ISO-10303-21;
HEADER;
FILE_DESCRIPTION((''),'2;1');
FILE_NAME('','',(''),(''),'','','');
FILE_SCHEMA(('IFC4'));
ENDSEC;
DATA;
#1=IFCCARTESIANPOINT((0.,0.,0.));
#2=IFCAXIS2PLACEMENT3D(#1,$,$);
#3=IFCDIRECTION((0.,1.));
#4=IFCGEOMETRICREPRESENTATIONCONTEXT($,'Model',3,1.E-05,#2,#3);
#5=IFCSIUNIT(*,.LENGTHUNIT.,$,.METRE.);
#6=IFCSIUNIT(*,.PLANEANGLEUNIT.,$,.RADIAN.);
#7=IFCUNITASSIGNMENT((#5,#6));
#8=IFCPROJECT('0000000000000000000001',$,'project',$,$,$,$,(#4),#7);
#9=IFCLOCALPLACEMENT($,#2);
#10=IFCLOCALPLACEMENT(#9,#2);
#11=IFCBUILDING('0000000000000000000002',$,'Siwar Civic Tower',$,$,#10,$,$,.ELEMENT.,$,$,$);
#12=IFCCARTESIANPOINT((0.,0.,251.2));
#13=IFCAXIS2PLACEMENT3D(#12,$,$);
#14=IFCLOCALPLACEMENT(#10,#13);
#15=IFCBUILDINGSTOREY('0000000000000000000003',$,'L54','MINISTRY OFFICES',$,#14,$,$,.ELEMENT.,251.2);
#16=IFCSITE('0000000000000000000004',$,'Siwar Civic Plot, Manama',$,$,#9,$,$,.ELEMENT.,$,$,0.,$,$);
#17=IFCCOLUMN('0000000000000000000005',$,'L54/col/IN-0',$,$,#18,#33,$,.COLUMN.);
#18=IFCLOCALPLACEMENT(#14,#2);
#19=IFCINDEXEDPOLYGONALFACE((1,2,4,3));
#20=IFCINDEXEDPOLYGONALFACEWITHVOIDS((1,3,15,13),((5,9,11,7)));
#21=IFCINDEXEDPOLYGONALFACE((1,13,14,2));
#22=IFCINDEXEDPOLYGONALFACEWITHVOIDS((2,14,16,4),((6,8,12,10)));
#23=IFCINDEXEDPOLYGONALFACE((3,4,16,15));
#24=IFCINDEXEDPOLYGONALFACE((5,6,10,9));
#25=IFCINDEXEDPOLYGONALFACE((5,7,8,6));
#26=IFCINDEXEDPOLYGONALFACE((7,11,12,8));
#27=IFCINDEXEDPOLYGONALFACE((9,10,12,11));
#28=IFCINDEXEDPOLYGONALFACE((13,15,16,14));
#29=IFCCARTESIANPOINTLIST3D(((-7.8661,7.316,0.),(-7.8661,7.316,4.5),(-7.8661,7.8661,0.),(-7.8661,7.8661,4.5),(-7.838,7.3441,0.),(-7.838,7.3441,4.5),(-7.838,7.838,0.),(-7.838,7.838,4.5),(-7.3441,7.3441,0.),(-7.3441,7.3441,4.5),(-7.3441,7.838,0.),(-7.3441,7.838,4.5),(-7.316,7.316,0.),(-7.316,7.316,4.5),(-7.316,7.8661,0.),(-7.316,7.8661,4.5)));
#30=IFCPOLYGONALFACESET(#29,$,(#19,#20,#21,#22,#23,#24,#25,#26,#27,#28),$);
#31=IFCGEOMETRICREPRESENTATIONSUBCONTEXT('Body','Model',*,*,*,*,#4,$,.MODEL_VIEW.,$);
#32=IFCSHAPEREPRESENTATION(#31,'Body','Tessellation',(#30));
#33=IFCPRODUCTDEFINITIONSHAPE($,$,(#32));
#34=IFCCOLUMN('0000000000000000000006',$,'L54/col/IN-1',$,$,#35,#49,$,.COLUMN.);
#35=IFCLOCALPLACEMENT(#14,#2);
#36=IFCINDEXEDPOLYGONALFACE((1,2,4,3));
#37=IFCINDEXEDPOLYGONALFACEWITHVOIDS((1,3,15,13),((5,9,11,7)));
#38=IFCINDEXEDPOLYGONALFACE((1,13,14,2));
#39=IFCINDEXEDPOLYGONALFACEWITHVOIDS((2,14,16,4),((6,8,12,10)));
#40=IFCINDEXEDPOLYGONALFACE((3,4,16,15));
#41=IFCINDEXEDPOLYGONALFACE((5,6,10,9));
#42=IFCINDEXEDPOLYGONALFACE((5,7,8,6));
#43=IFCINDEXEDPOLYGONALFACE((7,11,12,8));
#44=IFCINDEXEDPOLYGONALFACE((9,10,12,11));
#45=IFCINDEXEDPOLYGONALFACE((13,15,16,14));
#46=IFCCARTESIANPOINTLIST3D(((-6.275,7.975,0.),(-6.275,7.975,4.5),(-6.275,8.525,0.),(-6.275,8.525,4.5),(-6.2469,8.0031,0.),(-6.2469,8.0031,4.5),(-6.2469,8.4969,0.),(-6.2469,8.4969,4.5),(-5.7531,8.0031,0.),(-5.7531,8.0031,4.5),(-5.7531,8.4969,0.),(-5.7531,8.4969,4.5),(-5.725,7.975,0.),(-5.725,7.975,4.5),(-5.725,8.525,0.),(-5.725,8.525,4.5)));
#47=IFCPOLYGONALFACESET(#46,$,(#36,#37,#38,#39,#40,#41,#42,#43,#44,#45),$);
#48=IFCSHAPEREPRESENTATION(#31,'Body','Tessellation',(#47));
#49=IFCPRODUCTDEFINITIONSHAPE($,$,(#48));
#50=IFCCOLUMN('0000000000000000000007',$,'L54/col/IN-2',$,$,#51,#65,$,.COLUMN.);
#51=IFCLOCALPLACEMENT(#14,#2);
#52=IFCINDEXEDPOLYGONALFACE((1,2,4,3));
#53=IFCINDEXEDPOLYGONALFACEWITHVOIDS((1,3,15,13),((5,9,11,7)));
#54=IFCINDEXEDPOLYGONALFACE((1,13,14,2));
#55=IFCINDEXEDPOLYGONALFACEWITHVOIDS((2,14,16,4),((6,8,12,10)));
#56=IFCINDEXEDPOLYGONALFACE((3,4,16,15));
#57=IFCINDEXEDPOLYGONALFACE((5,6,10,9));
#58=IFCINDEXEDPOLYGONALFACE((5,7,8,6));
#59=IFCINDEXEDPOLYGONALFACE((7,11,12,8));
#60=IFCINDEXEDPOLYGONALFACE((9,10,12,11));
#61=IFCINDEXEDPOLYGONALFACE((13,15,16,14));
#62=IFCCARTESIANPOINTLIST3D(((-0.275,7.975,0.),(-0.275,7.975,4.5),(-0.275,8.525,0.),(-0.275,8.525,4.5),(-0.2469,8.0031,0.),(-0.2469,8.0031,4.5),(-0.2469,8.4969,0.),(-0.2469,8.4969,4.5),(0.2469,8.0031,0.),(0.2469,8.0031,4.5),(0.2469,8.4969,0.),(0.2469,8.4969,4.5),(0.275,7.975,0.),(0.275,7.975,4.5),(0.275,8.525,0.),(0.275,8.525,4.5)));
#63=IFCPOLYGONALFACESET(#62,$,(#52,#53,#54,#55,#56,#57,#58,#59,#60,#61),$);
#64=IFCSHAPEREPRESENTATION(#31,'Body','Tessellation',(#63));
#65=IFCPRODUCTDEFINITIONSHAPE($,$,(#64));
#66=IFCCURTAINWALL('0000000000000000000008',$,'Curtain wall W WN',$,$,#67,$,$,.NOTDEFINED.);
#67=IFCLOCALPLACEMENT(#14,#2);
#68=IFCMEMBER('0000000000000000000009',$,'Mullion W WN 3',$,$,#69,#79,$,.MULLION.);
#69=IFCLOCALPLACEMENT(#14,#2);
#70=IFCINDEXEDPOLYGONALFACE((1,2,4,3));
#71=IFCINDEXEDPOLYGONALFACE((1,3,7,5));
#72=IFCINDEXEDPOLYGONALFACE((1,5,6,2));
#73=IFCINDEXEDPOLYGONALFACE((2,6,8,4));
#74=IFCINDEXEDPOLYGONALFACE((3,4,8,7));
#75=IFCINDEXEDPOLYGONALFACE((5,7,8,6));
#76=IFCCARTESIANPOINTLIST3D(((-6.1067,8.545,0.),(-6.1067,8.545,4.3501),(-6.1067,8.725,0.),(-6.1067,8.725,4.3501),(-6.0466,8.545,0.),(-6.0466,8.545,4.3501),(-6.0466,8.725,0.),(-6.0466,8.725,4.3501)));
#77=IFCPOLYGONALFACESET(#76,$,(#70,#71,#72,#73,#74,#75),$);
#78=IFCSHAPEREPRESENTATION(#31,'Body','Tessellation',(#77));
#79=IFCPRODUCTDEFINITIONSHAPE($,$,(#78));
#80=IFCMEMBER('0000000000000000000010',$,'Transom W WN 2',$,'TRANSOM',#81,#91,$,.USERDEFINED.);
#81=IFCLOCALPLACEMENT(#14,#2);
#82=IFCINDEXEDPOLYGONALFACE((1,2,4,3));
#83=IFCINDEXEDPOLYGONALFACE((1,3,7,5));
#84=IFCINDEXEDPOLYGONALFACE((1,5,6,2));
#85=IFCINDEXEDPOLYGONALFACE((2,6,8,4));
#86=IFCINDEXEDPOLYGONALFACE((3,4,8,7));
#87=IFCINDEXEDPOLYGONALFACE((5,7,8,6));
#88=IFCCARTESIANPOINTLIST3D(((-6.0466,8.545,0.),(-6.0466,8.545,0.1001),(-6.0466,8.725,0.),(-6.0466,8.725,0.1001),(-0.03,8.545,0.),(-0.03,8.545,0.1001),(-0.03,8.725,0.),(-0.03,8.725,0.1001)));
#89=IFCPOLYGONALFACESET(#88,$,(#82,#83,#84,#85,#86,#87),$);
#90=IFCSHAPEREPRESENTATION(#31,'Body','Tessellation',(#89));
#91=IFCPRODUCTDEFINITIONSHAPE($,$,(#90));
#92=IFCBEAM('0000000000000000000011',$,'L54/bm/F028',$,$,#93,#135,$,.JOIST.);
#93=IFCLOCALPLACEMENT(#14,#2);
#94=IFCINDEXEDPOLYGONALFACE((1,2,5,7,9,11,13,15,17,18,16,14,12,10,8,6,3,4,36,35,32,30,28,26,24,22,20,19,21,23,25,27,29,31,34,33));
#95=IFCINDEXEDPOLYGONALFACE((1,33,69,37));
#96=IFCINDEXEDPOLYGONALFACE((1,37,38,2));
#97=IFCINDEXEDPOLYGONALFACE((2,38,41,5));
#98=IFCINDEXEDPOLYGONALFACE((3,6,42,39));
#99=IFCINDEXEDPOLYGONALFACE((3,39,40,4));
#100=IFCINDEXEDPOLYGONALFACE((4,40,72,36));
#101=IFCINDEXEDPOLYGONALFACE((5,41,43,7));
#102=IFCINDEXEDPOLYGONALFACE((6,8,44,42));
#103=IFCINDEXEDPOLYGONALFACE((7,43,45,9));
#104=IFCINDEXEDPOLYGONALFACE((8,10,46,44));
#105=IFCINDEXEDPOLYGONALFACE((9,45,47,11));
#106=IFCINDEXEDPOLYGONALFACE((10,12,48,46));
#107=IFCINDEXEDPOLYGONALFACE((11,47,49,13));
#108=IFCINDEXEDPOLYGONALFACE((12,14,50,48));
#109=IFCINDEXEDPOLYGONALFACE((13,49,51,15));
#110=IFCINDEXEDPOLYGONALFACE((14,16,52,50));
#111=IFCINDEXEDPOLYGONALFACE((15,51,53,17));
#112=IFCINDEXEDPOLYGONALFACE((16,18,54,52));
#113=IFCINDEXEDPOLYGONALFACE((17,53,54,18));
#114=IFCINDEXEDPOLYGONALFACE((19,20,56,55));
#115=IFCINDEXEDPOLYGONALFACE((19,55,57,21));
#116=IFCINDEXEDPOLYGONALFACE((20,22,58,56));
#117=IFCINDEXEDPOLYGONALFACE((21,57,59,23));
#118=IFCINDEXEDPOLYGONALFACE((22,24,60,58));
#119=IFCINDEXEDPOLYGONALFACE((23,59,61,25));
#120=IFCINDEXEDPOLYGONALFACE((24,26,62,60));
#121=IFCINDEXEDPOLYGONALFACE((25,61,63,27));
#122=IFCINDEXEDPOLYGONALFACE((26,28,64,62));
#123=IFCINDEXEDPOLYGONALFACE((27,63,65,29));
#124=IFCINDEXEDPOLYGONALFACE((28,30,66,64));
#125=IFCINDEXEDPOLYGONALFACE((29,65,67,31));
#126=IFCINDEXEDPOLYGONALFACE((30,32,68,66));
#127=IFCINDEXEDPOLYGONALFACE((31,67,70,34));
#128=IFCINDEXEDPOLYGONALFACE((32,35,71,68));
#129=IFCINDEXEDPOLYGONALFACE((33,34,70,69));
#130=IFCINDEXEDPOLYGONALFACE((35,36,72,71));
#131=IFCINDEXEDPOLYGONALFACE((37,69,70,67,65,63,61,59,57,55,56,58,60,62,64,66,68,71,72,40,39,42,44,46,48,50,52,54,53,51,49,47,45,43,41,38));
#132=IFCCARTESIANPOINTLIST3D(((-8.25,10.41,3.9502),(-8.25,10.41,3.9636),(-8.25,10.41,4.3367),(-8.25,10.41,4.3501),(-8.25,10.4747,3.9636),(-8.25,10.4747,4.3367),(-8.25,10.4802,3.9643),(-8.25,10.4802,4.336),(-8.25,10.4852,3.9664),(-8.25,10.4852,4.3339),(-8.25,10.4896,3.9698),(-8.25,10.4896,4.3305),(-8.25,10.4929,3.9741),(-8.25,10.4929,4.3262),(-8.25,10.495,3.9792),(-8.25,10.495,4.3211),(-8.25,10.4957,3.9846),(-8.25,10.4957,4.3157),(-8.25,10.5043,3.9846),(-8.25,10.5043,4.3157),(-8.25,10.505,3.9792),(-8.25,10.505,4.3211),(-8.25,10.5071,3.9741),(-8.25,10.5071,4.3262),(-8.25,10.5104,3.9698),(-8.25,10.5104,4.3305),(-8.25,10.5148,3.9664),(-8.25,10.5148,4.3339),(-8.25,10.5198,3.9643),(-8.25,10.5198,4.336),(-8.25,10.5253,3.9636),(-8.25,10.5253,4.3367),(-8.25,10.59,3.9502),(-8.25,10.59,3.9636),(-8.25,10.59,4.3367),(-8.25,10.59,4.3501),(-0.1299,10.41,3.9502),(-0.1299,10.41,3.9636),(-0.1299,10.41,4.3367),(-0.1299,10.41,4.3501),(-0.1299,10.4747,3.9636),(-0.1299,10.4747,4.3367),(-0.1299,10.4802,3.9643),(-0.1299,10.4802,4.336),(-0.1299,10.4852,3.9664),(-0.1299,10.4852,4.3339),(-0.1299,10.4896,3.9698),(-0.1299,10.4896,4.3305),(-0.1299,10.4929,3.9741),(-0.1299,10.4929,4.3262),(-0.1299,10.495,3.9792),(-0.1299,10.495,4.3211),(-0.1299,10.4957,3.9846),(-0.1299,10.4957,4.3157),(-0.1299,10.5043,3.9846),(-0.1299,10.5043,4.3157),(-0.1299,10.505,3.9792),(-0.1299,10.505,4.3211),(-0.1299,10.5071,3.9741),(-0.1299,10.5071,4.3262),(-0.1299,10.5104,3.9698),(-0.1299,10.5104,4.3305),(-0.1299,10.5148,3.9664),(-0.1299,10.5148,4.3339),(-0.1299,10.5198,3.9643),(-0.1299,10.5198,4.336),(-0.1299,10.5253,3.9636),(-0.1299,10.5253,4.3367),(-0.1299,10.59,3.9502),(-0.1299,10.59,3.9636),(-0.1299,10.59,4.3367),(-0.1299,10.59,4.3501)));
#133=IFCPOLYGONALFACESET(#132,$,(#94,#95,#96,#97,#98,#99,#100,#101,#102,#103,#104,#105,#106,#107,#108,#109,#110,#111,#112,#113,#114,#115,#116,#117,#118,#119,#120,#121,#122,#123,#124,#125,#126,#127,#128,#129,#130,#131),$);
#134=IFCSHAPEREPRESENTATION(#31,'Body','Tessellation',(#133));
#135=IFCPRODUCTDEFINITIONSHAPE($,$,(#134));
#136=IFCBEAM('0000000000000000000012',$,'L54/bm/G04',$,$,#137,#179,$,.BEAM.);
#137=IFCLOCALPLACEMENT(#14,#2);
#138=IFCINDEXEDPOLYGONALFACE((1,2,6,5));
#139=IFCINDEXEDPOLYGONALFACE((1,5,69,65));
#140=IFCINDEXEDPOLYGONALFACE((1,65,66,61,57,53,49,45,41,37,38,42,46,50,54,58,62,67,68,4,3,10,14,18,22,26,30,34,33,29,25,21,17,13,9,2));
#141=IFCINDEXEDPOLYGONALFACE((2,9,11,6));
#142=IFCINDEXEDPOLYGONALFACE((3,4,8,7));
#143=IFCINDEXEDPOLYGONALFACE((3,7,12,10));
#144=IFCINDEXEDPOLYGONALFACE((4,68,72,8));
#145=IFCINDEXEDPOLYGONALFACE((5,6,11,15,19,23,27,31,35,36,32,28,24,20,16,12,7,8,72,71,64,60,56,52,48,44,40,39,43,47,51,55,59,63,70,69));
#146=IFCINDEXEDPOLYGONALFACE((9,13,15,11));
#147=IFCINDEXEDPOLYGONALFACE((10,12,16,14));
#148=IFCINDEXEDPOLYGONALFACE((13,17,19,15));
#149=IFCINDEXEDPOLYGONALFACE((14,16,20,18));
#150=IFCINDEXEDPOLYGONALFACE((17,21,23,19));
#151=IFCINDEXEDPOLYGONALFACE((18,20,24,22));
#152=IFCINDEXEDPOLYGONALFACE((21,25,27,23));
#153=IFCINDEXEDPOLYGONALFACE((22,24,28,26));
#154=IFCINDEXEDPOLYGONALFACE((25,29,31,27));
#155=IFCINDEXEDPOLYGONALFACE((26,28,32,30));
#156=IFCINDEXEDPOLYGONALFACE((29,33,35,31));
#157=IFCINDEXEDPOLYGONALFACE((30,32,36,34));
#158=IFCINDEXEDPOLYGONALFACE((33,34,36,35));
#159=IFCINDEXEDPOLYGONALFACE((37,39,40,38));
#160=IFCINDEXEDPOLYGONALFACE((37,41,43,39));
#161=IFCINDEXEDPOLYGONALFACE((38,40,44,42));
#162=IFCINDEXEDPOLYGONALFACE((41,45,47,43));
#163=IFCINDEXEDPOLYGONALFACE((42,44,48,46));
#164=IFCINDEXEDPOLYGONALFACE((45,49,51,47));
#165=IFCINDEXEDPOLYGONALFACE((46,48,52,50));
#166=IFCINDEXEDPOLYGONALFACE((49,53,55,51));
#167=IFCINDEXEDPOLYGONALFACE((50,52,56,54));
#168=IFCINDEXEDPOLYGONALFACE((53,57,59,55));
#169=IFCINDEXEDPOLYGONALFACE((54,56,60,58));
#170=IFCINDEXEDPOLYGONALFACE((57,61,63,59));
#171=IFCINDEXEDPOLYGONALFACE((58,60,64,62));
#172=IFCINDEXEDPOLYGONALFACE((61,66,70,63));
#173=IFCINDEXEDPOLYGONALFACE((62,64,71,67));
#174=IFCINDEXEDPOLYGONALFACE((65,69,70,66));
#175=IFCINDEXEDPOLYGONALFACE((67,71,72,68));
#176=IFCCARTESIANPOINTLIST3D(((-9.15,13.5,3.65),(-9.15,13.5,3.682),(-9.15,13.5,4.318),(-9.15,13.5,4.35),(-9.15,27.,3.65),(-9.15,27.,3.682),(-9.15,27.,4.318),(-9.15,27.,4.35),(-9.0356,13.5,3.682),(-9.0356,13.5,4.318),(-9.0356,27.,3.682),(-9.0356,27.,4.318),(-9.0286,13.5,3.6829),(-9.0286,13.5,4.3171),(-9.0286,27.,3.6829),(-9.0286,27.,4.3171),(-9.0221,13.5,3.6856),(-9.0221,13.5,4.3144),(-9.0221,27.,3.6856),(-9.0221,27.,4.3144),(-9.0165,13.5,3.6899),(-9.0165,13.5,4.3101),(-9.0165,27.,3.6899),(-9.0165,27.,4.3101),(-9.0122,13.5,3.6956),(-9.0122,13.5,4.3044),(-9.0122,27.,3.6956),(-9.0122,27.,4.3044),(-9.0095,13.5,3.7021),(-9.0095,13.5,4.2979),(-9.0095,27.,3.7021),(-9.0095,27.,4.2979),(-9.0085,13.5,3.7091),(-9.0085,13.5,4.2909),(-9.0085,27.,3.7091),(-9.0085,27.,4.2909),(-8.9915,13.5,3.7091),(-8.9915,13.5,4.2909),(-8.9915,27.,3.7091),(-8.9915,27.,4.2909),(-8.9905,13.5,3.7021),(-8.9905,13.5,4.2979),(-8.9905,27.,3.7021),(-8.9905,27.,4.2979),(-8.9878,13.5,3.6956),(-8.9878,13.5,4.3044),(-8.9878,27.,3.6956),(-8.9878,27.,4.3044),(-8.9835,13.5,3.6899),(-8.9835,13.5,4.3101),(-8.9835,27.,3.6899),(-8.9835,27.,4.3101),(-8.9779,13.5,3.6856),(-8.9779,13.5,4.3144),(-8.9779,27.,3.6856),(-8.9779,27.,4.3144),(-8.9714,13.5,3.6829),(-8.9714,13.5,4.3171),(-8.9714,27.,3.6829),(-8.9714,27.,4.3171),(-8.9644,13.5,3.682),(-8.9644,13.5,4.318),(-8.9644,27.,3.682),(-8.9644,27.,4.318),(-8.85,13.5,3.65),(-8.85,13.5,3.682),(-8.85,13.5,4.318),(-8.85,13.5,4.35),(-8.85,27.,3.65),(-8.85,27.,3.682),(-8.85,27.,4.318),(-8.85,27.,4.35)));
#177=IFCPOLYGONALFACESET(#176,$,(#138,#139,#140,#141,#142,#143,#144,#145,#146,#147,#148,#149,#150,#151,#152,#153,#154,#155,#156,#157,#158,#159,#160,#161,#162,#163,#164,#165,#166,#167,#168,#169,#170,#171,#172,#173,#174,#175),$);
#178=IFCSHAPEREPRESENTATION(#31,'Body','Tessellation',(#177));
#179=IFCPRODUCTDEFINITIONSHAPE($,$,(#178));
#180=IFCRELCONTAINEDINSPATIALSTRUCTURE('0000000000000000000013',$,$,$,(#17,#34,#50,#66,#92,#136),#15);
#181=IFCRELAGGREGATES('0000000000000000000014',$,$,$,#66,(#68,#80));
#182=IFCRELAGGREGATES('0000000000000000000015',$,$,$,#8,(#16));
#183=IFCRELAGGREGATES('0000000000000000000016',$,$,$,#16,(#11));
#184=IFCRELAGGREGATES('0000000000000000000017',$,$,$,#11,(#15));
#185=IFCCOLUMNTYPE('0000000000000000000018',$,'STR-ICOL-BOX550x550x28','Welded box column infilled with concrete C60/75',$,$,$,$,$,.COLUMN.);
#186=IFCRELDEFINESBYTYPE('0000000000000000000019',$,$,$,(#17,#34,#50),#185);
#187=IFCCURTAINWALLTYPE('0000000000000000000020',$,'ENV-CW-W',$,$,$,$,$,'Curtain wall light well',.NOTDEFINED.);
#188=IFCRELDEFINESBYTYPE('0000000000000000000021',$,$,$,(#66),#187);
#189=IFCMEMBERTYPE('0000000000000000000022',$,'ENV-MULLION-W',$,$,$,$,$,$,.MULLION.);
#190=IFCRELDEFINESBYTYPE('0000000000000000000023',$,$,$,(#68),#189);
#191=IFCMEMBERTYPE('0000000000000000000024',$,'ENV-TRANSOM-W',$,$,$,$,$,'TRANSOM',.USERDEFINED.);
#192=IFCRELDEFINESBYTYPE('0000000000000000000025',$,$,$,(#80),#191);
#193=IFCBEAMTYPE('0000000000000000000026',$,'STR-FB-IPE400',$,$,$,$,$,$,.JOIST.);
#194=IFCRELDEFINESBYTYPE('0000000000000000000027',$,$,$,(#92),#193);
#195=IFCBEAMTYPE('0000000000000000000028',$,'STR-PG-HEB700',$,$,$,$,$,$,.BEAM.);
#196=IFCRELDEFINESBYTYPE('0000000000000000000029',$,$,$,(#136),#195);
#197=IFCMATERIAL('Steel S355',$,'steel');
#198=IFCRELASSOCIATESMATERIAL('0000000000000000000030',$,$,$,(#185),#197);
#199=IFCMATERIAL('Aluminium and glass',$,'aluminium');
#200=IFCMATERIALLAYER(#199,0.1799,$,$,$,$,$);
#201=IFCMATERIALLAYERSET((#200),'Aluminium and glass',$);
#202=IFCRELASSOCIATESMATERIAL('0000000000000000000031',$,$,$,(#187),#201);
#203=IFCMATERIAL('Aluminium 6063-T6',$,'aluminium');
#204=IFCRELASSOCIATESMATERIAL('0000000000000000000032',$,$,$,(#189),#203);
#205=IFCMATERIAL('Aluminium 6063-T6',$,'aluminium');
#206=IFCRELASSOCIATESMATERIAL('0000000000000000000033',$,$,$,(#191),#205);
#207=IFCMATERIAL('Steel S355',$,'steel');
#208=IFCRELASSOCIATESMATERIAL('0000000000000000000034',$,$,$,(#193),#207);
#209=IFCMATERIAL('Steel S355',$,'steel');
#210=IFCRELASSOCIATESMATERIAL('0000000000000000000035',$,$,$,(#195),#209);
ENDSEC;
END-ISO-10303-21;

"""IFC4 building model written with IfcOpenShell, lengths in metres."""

from ifc_helpers import new_model, si_unit, direction, frame, origin, origin_2d, place, context, subcontext, project, spatial, rectangle, hollow_rectangle, i_section, extrude, material, layer, layer_set, material_profile, profile_set, type_object, element, aggregate, save


model = new_model("IFC4")

# Units and contexts
model_context = context("Model", 3, precision=1e-05, world=origin(), true_north=direction((0.0, 1.0)))
body_context = subcontext(model_context, "Body", "Model", "MODEL_VIEW")
ifc_project = project(units=[si_unit("LENGTHUNIT", "METRE"), si_unit("PLANEANGLEUNIT", "RADIAN")], contexts=[model_context])

# Site, building, storey
site_placement = place(None, origin())
site = spatial("IfcSite", under=ifc_project, at=site_placement, Name="Siwar Civic Plot, Manama", CompositionType="ELEMENT", RefElevation=0.0)
building_placement = place(site_placement, origin())
building = spatial("IfcBuilding", under=site, at=building_placement, Name="Siwar Civic Tower", CompositionType="ELEMENT")
storey_placement = place(building_placement, frame((0.0, 0.0, 251.2)))
storey = spatial("IfcBuildingStorey", under=building, at=storey_placement, Name="L54", Description="MINISTRY OFFICES", CompositionType="ELEMENT", Elevation=251.2)

# Columns
ifc_material_1 = material(Name="Steel S355", Category="steel")
ifc_material_profile_1 = material_profile(ifc_material_1, hollow_rectangle(XDim=0.55, YDim=0.55, WallThickness=0.0281, at=origin_2d()), Name="BOX550x550x28")
ifc_profile_set_1 = profile_set([ifc_material_profile_1], Name="Steel S355")
column_type = type_object("IfcColumnType", Name="STR-ICOL-BOX550x550x28", Description="Welded box column infilled with concrete C60/75", PredefinedType="COLUMN", material=ifc_profile_set_1)
for number, where, z_axis, x_axis, name in (
    (1, (-7.5911, 7.5911, 0.0), (0.0, 0.0, 1.0), (1.0, 0.0, 0.0), "L54/col/IN-0"),
    (2, (-6.0, 8.25, 0.0), (0.0, 0.0, 1.0), (1.0, 0.0, 0.0), "L54/col/IN-1"),
    (3, (0.0, 8.25, 0.0), (0.0, 0.0, 1.0), (1.0, 0.0, 0.0), "L54/col/IN-2"),
):
    element("IfcColumn", number, at=place(storey_placement, frame(where, z_axis=z_axis, x_axis=x_axis)), inside=storey, type_object=column_type, Name=name, PredefinedType="COLUMN", context=body_context, shape_type="SweptSolid", body=[
        extrude(hollow_rectangle(XDim=0.55, YDim=0.55, WallThickness=0.0281, at=origin_2d()), origin(), (0.0, 0.0, 1.0), 4.5),
    ])

# Curtain wall, members
ifc_material_2 = material(Name="Aluminium and glass", Category="aluminium")
ifc_layer_1 = layer(ifc_material_2, 0.1799)
ifc_layer_set_1 = layer_set([ifc_layer_1], Name="Aluminium and glass")
curtain_wall_type = type_object("IfcCurtainWallType", Name="ENV-CW-W", ElementType="Curtain wall light well", PredefinedType="NOTDEFINED", material=ifc_layer_set_1)
curtain_wall_placement = place(storey_placement, origin())
curtain_wall = element("IfcCurtainWall", 4, at=curtain_wall_placement, inside=storey, type_object=curtain_wall_type, Name="Curtain wall W WN", PredefinedType="NOTDEFINED")
ifc_material_3 = material(Name="Aluminium 6063-T6", Category="aluminium")
ifc_material_profile_2 = material_profile(ifc_material_3, rectangle(XDim=0.1799, YDim=0.0601, at=origin_2d()), Name="AL 180x60")
ifc_profile_set_2 = profile_set([ifc_material_profile_2], Name="Aluminium 6063-T6")
member_type_1 = type_object("IfcMemberType", Name="ENV-MULLION-W", PredefinedType="MULLION", material=ifc_profile_set_2)
member_1_placement = place(storey_placement, frame((-6.0767, 8.635, 0.0), z_axis=(0.0, 0.0, 1.0), x_axis=(0.0, -1.0, 0.0)))
member_1 = element("IfcMember", 5, at=member_1_placement, type_object=member_type_1, Name="Mullion W WN 3", PredefinedType="MULLION", context=body_context, shape_type="SweptSolid", body=[
    extrude(rectangle(XDim=0.1799, YDim=0.0601, at=origin_2d()), origin(), (0.0, 0.0, 1.0), 4.3501),
])
ifc_material_4 = material(Name="Aluminium 6063-T6", Category="aluminium")
ifc_material_profile_3 = material_profile(ifc_material_4, rectangle(XDim=0.1799, YDim=0.1001, at=origin_2d()), Name="AL 180x100")
ifc_profile_set_3 = profile_set([ifc_material_profile_3], Name="Aluminium 6063-T6")
member_type_2 = type_object("IfcMemberType", Name="ENV-TRANSOM-W", ElementType="TRANSOM", PredefinedType="USERDEFINED", material=ifc_profile_set_3)
member_2_placement = place(storey_placement, frame((-0.03, 8.635, 0.05), z_axis=(-1.0, 0.0, 0.0), x_axis=(0.0, -1.0, 0.0)))
member_2 = element("IfcMember", 6, at=member_2_placement, type_object=member_type_2, Name="Transom W WN 2", ObjectType="TRANSOM", PredefinedType="USERDEFINED", context=body_context, shape_type="SweptSolid", body=[
    extrude(rectangle(XDim=0.1799, YDim=0.1001, at=origin_2d()), origin(), (0.0, 0.0, 1.0), 6.0166),
])

# Beams
ifc_material_5 = material(Name="Steel S355", Category="steel")
ifc_material_profile_4 = material_profile(ifc_material_5, i_section(OverallWidth=0.1799, OverallDepth=0.3999, WebThickness=0.0085, FlangeThickness=0.0134, FilletRadius=0.021, at=origin_2d()), Name="IPE400")
ifc_profile_set_4 = profile_set([ifc_material_profile_4], Name="Steel S355")
beam_type_1 = type_object("IfcBeamType", Name="STR-FB-IPE400", PredefinedType="JOIST", material=ifc_profile_set_4)
beam_1_placement = place(storey_placement, frame((-8.25, 10.5, 4.1501), z_axis=(1.0, 0.0, 0.0), x_axis=(0.0, 1.0, 0.0)))
element("IfcBeam", 7, at=beam_1_placement, inside=storey, type_object=beam_type_1, Name="L54/bm/F028", PredefinedType="JOIST", context=body_context, shape_type="SweptSolid", body=[
    extrude(i_section(OverallWidth=0.1799, OverallDepth=0.3999, WebThickness=0.0085, FlangeThickness=0.0134, FilletRadius=0.021, at=origin_2d()), origin(), (0.0, 0.0, 1.0), 8.1201),
])
ifc_material_6 = material(Name="Steel S355", Category="steel")
ifc_material_profile_5 = material_profile(ifc_material_6, i_section(OverallWidth=0.3, OverallDepth=0.7, WebThickness=0.0171, FlangeThickness=0.032, FilletRadius=0.0271, at=origin_2d()), Name="HEB700")
ifc_profile_set_5 = profile_set([ifc_material_profile_5], Name="Steel S355")
beam_type_2 = type_object("IfcBeamType", Name="STR-PG-HEB700", PredefinedType="BEAM", material=ifc_profile_set_5)
beam_2_placement = place(storey_placement, frame((-9.0, 13.5, 4.0), z_axis=(0.0, 1.0, 0.0), x_axis=(-1.0, 0.0, 0.0)))
element("IfcBeam", 8, at=beam_2_placement, inside=storey, type_object=beam_type_2, Name="L54/bm/G04", PredefinedType="BEAM", context=body_context, shape_type="SweptSolid", body=[
    extrude(i_section(OverallWidth=0.3, OverallDepth=0.7, WebThickness=0.0171, FlangeThickness=0.032, FilletRadius=0.0271, at=origin_2d()), origin(), (0.0, 0.0, 1.0), 13.5),
])

aggregate(curtain_wall, [member_1, member_2])

save(model, "model.ifc")
